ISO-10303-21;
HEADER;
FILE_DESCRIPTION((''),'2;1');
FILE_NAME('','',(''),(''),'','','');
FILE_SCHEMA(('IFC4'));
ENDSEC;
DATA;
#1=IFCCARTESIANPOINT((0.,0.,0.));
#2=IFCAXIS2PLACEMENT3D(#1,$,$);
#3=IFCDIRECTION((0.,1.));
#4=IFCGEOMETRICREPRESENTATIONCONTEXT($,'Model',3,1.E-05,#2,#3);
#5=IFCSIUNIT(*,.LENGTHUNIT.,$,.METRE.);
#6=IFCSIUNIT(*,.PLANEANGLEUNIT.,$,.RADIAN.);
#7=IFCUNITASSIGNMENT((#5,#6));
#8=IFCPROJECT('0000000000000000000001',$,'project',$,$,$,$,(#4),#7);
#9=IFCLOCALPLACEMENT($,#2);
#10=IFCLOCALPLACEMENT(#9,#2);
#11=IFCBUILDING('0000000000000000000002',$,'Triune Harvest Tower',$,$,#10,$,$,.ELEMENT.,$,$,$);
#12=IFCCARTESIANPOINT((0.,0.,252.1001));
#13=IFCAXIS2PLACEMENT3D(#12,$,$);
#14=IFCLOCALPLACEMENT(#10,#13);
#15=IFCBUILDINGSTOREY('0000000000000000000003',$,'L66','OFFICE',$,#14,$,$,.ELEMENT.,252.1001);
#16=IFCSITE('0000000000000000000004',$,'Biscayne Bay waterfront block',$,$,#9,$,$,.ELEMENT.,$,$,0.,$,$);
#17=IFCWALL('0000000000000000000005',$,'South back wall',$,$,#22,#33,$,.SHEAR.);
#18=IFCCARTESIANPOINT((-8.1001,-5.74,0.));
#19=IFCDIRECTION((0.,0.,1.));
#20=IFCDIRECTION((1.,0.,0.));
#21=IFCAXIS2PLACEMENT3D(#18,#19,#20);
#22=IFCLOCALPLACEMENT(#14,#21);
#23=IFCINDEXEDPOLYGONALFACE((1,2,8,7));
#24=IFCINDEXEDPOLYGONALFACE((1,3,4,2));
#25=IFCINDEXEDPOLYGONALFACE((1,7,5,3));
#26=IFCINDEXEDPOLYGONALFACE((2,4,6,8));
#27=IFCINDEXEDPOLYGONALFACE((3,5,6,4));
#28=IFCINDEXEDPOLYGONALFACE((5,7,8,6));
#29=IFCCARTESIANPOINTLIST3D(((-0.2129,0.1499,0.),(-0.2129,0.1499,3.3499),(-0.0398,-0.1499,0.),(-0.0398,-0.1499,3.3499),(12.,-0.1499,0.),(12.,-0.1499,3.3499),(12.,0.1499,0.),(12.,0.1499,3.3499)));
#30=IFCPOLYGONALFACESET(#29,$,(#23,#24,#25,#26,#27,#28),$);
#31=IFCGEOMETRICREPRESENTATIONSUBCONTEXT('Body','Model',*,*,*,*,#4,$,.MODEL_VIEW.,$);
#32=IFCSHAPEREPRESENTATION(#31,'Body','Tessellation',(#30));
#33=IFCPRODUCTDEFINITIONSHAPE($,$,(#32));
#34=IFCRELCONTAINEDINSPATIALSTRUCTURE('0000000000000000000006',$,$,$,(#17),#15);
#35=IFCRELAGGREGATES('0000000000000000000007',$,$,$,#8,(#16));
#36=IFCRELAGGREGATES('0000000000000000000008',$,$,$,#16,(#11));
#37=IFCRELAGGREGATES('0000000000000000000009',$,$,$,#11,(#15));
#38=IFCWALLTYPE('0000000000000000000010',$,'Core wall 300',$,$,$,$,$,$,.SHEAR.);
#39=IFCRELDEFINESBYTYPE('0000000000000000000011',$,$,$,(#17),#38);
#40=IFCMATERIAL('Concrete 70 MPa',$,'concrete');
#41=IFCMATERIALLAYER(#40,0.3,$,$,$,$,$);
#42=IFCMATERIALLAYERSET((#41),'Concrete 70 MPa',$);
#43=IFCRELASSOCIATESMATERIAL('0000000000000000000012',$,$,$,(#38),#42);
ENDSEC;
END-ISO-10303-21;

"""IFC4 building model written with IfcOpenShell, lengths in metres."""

from ifc_helpers import new_model, si_unit, direction, frame, origin, place, context, subcontext, project, spatial, polyline, outline, extrude, source, transform, mapped, material, layer, layer_set, type_object, element, save


model = new_model("IFC4")

# Units and contexts
model_context = context("Model", 3, precision=1e-05, world=origin(), true_north=direction((0.0, 1.0)))
body_context = subcontext(model_context, "Body", "Model", "MODEL_VIEW")
ifc_project = project(units=[si_unit("LENGTHUNIT", "METRE"), si_unit("PLANEANGLEUNIT", "RADIAN")], contexts=[model_context])

# Site, building, storey
site_placement = place(None, origin())
site = spatial("IfcSite", under=ifc_project, at=site_placement, Name="Biscayne Bay waterfront block", CompositionType="ELEMENT", RefElevation=0.0)
building_placement = place(site_placement, origin())
building = spatial("IfcBuilding", under=site, at=building_placement, Name="Triune Harvest Tower", CompositionType="ELEMENT")
storey_placement = place(building_placement, frame((0.0, 0.0, 252.1001)))
storey = spatial("IfcBuildingStorey", under=building, at=storey_placement, Name="L66", Description="OFFICE", CompositionType="ELEMENT", Elevation=252.1001)

# Shared definitions
ifc_material_1 = material(Name="Concrete 70 MPa", Category="concrete")
ifc_layer_1 = layer(ifc_material_1, 0.3)
ifc_layer_set_1 = layer_set([ifc_layer_1], Name="Concrete 70 MPa")
wall_type_1 = type_object("IfcWallType", Name="Core wall 300", PredefinedType="SHEAR", material=ifc_layer_set_1)

# Wall
shared_shape_1 = source(origin(), body_context, "Body", "SweptSolid", [
    extrude(outline(polyline([(12.0, -0.1499), (-0.0398, -0.1499), (-0.2129, 0.1499), (12.0, 0.1499), (12.0, -0.1499)])), origin(), (0.0, 0.0, 1.0), 3.3499),
])
wall_1_placement = place(storey_placement, frame((-8.1001, -5.74, 0.0), z_axis=(0.0, 0.0, 1.0), x_axis=(1.0, 0.0, 0.0)))
element("IfcWall", 1, at=wall_1_placement, inside=storey, type_object=wall_type_1, Name="South back wall", PredefinedType="SHEAR", context=body_context, shape_type="MappedRepresentation", body=[
    mapped(shared_shape_1, transform((0.0, 0.0, 0.0), scale=1.0)),
])

save(model, "model.ifc")
